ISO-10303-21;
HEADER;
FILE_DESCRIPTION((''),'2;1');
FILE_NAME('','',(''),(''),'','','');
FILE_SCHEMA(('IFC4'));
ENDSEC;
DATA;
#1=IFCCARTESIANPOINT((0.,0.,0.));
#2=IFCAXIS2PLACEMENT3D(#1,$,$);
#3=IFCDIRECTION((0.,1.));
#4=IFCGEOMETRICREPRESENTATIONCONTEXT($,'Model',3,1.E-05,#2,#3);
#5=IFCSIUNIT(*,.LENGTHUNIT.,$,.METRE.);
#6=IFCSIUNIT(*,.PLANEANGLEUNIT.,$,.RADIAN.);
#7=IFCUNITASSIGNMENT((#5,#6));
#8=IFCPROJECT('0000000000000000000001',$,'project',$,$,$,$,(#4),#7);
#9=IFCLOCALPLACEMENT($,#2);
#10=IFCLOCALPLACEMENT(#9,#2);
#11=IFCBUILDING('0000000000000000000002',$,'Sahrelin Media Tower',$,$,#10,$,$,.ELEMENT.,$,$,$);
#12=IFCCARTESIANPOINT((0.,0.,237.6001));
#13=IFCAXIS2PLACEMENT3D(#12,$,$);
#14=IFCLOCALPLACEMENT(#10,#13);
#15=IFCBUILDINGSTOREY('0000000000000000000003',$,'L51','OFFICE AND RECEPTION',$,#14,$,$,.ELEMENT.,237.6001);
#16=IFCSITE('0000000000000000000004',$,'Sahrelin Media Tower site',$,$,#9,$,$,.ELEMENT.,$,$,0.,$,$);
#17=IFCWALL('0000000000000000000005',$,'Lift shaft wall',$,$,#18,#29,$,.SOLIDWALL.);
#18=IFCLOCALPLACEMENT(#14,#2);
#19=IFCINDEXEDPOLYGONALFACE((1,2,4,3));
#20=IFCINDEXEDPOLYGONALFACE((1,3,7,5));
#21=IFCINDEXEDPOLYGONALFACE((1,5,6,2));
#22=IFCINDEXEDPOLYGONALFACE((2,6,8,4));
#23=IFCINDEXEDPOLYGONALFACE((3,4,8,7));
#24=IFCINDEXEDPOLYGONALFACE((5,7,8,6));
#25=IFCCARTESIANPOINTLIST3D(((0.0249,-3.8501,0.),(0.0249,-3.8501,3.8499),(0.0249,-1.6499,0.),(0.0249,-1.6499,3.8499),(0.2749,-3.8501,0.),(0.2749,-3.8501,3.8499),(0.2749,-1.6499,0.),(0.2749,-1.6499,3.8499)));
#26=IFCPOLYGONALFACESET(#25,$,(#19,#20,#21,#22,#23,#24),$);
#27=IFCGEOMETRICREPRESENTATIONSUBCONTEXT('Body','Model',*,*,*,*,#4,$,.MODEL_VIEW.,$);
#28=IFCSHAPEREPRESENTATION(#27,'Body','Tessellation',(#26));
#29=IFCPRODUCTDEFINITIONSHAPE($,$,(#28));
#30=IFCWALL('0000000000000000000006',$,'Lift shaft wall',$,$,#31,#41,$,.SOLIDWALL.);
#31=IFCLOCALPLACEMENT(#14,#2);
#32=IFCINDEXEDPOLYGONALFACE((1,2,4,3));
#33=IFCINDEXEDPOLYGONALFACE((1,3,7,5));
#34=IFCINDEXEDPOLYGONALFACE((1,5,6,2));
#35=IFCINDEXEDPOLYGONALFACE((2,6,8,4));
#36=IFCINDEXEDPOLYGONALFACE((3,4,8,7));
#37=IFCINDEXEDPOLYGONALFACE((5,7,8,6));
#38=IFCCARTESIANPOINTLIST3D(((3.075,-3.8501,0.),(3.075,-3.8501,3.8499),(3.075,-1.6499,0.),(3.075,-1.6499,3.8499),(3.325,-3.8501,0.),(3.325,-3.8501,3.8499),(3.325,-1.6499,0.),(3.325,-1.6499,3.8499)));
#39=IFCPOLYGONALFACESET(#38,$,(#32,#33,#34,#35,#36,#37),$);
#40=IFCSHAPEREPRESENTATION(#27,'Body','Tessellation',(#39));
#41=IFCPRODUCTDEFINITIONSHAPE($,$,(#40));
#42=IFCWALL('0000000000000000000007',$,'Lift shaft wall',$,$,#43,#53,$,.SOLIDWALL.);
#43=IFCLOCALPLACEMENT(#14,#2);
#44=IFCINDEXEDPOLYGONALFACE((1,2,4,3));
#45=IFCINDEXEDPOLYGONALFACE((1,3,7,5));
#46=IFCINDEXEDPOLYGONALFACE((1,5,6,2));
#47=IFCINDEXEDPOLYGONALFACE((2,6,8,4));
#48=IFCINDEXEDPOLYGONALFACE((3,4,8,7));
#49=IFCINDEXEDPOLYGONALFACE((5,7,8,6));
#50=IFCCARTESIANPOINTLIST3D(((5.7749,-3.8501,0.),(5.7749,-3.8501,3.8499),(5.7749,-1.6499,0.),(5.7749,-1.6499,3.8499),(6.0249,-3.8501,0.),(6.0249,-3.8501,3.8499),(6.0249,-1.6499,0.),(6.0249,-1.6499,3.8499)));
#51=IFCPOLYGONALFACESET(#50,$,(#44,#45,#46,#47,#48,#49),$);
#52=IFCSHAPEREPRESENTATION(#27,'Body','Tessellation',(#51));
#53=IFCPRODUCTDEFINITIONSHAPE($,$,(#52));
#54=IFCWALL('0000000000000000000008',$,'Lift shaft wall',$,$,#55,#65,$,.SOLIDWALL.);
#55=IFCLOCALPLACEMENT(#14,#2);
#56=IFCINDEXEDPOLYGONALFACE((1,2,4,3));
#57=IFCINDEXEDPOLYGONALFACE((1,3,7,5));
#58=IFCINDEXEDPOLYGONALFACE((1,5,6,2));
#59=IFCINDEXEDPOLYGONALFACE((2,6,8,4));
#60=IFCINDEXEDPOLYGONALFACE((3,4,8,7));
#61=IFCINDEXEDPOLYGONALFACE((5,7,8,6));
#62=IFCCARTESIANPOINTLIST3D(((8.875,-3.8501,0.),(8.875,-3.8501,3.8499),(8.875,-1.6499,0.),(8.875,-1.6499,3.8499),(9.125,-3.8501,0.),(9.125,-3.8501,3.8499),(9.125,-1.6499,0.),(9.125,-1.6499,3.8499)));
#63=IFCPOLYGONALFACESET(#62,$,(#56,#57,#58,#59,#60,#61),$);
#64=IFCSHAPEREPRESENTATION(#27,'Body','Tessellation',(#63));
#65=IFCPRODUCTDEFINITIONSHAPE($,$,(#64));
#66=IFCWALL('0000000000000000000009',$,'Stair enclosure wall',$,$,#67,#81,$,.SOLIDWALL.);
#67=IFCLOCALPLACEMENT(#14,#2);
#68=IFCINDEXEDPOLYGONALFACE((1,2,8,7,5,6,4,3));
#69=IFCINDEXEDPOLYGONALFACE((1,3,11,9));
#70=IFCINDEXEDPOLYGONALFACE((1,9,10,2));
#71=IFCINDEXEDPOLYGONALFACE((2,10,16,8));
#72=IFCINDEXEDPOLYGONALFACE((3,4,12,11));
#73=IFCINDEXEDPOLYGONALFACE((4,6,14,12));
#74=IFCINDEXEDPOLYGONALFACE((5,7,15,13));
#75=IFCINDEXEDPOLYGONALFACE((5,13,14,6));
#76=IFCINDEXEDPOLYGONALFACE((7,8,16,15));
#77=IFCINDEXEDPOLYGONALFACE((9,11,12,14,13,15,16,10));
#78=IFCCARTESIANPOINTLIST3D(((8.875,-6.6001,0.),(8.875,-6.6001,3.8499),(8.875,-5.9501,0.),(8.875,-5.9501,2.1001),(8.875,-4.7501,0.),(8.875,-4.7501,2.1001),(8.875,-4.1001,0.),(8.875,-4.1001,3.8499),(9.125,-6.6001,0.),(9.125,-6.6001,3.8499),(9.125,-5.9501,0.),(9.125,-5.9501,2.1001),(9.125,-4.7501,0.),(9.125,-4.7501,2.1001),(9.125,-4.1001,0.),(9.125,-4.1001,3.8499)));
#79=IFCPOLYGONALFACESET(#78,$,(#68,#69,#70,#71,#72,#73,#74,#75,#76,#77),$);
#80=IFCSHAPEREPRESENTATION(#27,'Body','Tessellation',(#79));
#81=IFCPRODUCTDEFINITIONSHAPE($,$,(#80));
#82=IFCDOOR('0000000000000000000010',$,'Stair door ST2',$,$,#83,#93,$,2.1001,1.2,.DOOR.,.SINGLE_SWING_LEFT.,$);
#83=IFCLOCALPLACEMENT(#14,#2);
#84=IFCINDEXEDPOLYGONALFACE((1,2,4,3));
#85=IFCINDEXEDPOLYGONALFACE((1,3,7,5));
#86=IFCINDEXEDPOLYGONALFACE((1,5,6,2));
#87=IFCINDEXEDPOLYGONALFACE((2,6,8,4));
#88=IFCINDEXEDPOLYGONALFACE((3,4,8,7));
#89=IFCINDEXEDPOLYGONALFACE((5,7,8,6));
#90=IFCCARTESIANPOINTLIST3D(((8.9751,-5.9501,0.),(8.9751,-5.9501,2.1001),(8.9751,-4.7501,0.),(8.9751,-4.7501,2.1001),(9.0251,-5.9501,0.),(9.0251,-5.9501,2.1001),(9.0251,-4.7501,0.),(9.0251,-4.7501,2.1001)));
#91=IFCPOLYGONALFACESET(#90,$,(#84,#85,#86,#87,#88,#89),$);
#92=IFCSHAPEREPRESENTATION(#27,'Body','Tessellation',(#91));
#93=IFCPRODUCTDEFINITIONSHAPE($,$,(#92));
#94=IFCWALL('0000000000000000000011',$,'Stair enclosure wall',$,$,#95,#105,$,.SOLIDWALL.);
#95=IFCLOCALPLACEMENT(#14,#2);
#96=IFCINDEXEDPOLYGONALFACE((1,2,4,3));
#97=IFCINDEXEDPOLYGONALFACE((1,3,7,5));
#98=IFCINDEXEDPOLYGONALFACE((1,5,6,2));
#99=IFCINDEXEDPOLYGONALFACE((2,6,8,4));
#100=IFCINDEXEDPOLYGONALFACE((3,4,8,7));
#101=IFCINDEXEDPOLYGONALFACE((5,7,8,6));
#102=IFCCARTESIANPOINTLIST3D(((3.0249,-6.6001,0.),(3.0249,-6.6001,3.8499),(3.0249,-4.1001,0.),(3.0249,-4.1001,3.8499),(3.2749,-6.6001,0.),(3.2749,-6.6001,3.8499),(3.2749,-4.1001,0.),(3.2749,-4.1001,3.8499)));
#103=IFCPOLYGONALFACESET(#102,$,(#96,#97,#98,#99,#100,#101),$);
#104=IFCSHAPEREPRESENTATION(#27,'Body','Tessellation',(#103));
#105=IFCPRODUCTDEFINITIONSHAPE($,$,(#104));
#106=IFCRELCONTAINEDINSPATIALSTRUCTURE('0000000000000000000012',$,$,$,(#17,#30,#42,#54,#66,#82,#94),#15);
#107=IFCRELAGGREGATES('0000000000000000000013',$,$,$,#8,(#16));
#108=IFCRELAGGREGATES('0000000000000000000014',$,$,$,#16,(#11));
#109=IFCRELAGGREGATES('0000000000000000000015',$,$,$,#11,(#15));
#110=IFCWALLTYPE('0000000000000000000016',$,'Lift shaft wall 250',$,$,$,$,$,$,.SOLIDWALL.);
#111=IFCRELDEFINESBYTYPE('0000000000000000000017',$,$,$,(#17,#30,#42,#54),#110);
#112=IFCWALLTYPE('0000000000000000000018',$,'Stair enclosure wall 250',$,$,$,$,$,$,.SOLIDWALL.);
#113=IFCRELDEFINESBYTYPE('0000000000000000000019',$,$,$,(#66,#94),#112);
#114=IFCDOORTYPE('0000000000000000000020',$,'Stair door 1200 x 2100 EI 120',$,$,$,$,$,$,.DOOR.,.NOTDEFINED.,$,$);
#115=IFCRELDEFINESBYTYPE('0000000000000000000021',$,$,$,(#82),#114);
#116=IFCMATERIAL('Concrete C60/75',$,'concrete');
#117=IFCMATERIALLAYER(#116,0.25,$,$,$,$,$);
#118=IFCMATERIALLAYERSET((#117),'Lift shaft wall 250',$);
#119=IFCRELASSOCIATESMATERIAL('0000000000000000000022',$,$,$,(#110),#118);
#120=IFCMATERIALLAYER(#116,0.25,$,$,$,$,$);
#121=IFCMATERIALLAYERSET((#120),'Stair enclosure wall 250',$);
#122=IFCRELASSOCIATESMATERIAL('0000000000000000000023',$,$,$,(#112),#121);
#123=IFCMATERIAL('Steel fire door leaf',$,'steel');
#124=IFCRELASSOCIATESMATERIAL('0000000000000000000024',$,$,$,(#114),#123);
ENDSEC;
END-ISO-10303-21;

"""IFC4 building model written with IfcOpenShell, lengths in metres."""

from ifc_helpers import new_model, si_unit, direction, frame, frame_2d, origin, place, context, subcontext, project, spatial, rectangle, extrude, material, layer, layer_set, type_object, element, fill, save


model = new_model("IFC4")

# Units and contexts
model_context = context("Model", 3, precision=1e-05, world=origin(), true_north=direction((0.0, 1.0)))
body_context = subcontext(model_context, "Body", "Model", "MODEL_VIEW")
ifc_project = project(units=[si_unit("LENGTHUNIT", "METRE"), si_unit("PLANEANGLEUNIT", "RADIAN")], contexts=[model_context])

# Site, building, storey
site_placement = place(None, origin())
site = spatial("IfcSite", under=ifc_project, at=site_placement, Name="Sahrelin Media Tower site", CompositionType="ELEMENT", RefElevation=0.0)
building_placement = place(site_placement, origin())
building = spatial("IfcBuilding", under=site, at=building_placement, Name="Sahrelin Media Tower", CompositionType="ELEMENT")
storey_placement = place(building_placement, frame((0.0, 0.0, 237.6001)))
storey = spatial("IfcBuildingStorey", under=building, at=storey_placement, Name="L51", Description="OFFICE AND RECEPTION", CompositionType="ELEMENT", Elevation=237.6001)

# Shared definitions
ifc_material_1 = material(Name="Concrete C60/75", Category="concrete")
ifc_material_2 = material(Name="Steel fire door leaf", Category="steel")

# Walls
ifc_layer_1 = layer(ifc_material_1, 0.25)
ifc_layer_set_1 = layer_set([ifc_layer_1], Name="Lift shaft wall 250")
wall_type_1 = type_object("IfcWallType", Name="Lift shaft wall 250", PredefinedType="SOLIDWALL", material=ifc_layer_set_1)
for number, where, z_axis, x_axis, name in (
    (1, (0.1499, -3.8501, 0.0), (0.0, 0.0, 1.0), (0.0, 1.0, 0.0), "Lift shaft wall"),
    (2, (3.2, -3.8501, 0.0), (0.0, 0.0, 1.0), (0.0, 1.0, 0.0), "Lift shaft wall"),
    (3, (5.8999, -3.8501, 0.0), (0.0, 0.0, 1.0), (0.0, 1.0, 0.0), "Lift shaft wall"),
    (4, (9.0, -3.8501, 0.0), (0.0, 0.0, 1.0), (0.0, 1.0, 0.0), "Lift shaft wall"),
):
    element("IfcWall", number, at=place(storey_placement, frame(where, z_axis=z_axis, x_axis=x_axis)), inside=storey, type_object=wall_type_1, Name=name, PredefinedType="SOLIDWALL", context=body_context, shape_type="SweptSolid", body=[
        extrude(rectangle(XDim=2.2002, YDim=0.25, at=frame_2d((1.1001, 0.0))), origin(), (0.0, 0.0, 1.0), 3.8499),
    ])

# Wall, opening, door
ifc_layer_2 = layer(ifc_material_1, 0.25)
ifc_layer_set_2 = layer_set([ifc_layer_2], Name="Stair enclosure wall 250")
wall_type_2 = type_object("IfcWallType", Name="Stair enclosure wall 250", PredefinedType="SOLIDWALL", material=ifc_layer_set_2)
wall_1_placement = place(storey_placement, frame((9.0, -6.6001, 0.0), z_axis=(0.0, 0.0, 1.0), x_axis=(0.0, 1.0, 0.0)))
wall_1 = element("IfcWall", 5, at=wall_1_placement, inside=storey, type_object=wall_type_2, Name="Stair enclosure wall", PredefinedType="SOLIDWALL", context=body_context, shape_type="SweptSolid", body=[
    extrude(rectangle(XDim=2.5, YDim=0.25, at=frame_2d((1.25, 0.0))), origin(), (0.0, 0.0, 1.0), 3.8499),
])
opening_1_placement = place(wall_1_placement, frame((0.6499, 0.0, 0.0)))
opening_1 = element("IfcOpeningElement", 6, at=opening_1_placement, cuts=wall_1, PredefinedType="OPENING", context=body_context, shape_type="SweptSolid", body=[
    extrude(rectangle(XDim=1.2, YDim=2.1001, at=frame_2d((0.6001, 1.05))), frame((0.0, 0.125, 0.0), z_axis=(0.0, -1.0, 0.0), x_axis=(1.0, 0.0, 0.0)), (0.0, 0.0, 1.0), 0.25),
])
door_type_1 = type_object("IfcDoorType", Name="Stair door 1200 x 2100 EI 120", OperationType="NOTDEFINED", PredefinedType="DOOR", material=ifc_material_2)
door_1_placement = place(opening_1_placement, origin())
door_1 = element("IfcDoor", 7, at=door_1_placement, inside=storey, type_object=door_type_1, Name="Stair door ST2", OperationType="SINGLE_SWING_LEFT", OverallHeight=2.1001, OverallWidth=1.2, PredefinedType="DOOR", context=body_context, shape_type="SweptSolid", body=[
    extrude(rectangle(XDim=1.2, YDim=2.1001, at=frame_2d((0.6001, 1.05))), frame((0.0, 0.0249, 0.0), z_axis=(0.0, -1.0, 0.0), x_axis=(1.0, 0.0, 0.0)), (0.0, 0.0, 1.0), 0.05),
])
fill(opening_1, door_1)

# Wall
wall_2_placement = place(storey_placement, frame((3.1499, -6.6001, 0.0), z_axis=(0.0, 0.0, 1.0), x_axis=(0.0, 1.0, 0.0)))
element("IfcWall", 8, at=wall_2_placement, inside=storey, type_object=wall_type_2, Name="Stair enclosure wall", PredefinedType="SOLIDWALL", context=body_context, shape_type="SweptSolid", body=[
    extrude(rectangle(XDim=2.5, YDim=0.25, at=frame_2d((1.25, 0.0))), origin(), (0.0, 0.0, 1.0), 3.8499),
])

save(model, "model.ifc")
